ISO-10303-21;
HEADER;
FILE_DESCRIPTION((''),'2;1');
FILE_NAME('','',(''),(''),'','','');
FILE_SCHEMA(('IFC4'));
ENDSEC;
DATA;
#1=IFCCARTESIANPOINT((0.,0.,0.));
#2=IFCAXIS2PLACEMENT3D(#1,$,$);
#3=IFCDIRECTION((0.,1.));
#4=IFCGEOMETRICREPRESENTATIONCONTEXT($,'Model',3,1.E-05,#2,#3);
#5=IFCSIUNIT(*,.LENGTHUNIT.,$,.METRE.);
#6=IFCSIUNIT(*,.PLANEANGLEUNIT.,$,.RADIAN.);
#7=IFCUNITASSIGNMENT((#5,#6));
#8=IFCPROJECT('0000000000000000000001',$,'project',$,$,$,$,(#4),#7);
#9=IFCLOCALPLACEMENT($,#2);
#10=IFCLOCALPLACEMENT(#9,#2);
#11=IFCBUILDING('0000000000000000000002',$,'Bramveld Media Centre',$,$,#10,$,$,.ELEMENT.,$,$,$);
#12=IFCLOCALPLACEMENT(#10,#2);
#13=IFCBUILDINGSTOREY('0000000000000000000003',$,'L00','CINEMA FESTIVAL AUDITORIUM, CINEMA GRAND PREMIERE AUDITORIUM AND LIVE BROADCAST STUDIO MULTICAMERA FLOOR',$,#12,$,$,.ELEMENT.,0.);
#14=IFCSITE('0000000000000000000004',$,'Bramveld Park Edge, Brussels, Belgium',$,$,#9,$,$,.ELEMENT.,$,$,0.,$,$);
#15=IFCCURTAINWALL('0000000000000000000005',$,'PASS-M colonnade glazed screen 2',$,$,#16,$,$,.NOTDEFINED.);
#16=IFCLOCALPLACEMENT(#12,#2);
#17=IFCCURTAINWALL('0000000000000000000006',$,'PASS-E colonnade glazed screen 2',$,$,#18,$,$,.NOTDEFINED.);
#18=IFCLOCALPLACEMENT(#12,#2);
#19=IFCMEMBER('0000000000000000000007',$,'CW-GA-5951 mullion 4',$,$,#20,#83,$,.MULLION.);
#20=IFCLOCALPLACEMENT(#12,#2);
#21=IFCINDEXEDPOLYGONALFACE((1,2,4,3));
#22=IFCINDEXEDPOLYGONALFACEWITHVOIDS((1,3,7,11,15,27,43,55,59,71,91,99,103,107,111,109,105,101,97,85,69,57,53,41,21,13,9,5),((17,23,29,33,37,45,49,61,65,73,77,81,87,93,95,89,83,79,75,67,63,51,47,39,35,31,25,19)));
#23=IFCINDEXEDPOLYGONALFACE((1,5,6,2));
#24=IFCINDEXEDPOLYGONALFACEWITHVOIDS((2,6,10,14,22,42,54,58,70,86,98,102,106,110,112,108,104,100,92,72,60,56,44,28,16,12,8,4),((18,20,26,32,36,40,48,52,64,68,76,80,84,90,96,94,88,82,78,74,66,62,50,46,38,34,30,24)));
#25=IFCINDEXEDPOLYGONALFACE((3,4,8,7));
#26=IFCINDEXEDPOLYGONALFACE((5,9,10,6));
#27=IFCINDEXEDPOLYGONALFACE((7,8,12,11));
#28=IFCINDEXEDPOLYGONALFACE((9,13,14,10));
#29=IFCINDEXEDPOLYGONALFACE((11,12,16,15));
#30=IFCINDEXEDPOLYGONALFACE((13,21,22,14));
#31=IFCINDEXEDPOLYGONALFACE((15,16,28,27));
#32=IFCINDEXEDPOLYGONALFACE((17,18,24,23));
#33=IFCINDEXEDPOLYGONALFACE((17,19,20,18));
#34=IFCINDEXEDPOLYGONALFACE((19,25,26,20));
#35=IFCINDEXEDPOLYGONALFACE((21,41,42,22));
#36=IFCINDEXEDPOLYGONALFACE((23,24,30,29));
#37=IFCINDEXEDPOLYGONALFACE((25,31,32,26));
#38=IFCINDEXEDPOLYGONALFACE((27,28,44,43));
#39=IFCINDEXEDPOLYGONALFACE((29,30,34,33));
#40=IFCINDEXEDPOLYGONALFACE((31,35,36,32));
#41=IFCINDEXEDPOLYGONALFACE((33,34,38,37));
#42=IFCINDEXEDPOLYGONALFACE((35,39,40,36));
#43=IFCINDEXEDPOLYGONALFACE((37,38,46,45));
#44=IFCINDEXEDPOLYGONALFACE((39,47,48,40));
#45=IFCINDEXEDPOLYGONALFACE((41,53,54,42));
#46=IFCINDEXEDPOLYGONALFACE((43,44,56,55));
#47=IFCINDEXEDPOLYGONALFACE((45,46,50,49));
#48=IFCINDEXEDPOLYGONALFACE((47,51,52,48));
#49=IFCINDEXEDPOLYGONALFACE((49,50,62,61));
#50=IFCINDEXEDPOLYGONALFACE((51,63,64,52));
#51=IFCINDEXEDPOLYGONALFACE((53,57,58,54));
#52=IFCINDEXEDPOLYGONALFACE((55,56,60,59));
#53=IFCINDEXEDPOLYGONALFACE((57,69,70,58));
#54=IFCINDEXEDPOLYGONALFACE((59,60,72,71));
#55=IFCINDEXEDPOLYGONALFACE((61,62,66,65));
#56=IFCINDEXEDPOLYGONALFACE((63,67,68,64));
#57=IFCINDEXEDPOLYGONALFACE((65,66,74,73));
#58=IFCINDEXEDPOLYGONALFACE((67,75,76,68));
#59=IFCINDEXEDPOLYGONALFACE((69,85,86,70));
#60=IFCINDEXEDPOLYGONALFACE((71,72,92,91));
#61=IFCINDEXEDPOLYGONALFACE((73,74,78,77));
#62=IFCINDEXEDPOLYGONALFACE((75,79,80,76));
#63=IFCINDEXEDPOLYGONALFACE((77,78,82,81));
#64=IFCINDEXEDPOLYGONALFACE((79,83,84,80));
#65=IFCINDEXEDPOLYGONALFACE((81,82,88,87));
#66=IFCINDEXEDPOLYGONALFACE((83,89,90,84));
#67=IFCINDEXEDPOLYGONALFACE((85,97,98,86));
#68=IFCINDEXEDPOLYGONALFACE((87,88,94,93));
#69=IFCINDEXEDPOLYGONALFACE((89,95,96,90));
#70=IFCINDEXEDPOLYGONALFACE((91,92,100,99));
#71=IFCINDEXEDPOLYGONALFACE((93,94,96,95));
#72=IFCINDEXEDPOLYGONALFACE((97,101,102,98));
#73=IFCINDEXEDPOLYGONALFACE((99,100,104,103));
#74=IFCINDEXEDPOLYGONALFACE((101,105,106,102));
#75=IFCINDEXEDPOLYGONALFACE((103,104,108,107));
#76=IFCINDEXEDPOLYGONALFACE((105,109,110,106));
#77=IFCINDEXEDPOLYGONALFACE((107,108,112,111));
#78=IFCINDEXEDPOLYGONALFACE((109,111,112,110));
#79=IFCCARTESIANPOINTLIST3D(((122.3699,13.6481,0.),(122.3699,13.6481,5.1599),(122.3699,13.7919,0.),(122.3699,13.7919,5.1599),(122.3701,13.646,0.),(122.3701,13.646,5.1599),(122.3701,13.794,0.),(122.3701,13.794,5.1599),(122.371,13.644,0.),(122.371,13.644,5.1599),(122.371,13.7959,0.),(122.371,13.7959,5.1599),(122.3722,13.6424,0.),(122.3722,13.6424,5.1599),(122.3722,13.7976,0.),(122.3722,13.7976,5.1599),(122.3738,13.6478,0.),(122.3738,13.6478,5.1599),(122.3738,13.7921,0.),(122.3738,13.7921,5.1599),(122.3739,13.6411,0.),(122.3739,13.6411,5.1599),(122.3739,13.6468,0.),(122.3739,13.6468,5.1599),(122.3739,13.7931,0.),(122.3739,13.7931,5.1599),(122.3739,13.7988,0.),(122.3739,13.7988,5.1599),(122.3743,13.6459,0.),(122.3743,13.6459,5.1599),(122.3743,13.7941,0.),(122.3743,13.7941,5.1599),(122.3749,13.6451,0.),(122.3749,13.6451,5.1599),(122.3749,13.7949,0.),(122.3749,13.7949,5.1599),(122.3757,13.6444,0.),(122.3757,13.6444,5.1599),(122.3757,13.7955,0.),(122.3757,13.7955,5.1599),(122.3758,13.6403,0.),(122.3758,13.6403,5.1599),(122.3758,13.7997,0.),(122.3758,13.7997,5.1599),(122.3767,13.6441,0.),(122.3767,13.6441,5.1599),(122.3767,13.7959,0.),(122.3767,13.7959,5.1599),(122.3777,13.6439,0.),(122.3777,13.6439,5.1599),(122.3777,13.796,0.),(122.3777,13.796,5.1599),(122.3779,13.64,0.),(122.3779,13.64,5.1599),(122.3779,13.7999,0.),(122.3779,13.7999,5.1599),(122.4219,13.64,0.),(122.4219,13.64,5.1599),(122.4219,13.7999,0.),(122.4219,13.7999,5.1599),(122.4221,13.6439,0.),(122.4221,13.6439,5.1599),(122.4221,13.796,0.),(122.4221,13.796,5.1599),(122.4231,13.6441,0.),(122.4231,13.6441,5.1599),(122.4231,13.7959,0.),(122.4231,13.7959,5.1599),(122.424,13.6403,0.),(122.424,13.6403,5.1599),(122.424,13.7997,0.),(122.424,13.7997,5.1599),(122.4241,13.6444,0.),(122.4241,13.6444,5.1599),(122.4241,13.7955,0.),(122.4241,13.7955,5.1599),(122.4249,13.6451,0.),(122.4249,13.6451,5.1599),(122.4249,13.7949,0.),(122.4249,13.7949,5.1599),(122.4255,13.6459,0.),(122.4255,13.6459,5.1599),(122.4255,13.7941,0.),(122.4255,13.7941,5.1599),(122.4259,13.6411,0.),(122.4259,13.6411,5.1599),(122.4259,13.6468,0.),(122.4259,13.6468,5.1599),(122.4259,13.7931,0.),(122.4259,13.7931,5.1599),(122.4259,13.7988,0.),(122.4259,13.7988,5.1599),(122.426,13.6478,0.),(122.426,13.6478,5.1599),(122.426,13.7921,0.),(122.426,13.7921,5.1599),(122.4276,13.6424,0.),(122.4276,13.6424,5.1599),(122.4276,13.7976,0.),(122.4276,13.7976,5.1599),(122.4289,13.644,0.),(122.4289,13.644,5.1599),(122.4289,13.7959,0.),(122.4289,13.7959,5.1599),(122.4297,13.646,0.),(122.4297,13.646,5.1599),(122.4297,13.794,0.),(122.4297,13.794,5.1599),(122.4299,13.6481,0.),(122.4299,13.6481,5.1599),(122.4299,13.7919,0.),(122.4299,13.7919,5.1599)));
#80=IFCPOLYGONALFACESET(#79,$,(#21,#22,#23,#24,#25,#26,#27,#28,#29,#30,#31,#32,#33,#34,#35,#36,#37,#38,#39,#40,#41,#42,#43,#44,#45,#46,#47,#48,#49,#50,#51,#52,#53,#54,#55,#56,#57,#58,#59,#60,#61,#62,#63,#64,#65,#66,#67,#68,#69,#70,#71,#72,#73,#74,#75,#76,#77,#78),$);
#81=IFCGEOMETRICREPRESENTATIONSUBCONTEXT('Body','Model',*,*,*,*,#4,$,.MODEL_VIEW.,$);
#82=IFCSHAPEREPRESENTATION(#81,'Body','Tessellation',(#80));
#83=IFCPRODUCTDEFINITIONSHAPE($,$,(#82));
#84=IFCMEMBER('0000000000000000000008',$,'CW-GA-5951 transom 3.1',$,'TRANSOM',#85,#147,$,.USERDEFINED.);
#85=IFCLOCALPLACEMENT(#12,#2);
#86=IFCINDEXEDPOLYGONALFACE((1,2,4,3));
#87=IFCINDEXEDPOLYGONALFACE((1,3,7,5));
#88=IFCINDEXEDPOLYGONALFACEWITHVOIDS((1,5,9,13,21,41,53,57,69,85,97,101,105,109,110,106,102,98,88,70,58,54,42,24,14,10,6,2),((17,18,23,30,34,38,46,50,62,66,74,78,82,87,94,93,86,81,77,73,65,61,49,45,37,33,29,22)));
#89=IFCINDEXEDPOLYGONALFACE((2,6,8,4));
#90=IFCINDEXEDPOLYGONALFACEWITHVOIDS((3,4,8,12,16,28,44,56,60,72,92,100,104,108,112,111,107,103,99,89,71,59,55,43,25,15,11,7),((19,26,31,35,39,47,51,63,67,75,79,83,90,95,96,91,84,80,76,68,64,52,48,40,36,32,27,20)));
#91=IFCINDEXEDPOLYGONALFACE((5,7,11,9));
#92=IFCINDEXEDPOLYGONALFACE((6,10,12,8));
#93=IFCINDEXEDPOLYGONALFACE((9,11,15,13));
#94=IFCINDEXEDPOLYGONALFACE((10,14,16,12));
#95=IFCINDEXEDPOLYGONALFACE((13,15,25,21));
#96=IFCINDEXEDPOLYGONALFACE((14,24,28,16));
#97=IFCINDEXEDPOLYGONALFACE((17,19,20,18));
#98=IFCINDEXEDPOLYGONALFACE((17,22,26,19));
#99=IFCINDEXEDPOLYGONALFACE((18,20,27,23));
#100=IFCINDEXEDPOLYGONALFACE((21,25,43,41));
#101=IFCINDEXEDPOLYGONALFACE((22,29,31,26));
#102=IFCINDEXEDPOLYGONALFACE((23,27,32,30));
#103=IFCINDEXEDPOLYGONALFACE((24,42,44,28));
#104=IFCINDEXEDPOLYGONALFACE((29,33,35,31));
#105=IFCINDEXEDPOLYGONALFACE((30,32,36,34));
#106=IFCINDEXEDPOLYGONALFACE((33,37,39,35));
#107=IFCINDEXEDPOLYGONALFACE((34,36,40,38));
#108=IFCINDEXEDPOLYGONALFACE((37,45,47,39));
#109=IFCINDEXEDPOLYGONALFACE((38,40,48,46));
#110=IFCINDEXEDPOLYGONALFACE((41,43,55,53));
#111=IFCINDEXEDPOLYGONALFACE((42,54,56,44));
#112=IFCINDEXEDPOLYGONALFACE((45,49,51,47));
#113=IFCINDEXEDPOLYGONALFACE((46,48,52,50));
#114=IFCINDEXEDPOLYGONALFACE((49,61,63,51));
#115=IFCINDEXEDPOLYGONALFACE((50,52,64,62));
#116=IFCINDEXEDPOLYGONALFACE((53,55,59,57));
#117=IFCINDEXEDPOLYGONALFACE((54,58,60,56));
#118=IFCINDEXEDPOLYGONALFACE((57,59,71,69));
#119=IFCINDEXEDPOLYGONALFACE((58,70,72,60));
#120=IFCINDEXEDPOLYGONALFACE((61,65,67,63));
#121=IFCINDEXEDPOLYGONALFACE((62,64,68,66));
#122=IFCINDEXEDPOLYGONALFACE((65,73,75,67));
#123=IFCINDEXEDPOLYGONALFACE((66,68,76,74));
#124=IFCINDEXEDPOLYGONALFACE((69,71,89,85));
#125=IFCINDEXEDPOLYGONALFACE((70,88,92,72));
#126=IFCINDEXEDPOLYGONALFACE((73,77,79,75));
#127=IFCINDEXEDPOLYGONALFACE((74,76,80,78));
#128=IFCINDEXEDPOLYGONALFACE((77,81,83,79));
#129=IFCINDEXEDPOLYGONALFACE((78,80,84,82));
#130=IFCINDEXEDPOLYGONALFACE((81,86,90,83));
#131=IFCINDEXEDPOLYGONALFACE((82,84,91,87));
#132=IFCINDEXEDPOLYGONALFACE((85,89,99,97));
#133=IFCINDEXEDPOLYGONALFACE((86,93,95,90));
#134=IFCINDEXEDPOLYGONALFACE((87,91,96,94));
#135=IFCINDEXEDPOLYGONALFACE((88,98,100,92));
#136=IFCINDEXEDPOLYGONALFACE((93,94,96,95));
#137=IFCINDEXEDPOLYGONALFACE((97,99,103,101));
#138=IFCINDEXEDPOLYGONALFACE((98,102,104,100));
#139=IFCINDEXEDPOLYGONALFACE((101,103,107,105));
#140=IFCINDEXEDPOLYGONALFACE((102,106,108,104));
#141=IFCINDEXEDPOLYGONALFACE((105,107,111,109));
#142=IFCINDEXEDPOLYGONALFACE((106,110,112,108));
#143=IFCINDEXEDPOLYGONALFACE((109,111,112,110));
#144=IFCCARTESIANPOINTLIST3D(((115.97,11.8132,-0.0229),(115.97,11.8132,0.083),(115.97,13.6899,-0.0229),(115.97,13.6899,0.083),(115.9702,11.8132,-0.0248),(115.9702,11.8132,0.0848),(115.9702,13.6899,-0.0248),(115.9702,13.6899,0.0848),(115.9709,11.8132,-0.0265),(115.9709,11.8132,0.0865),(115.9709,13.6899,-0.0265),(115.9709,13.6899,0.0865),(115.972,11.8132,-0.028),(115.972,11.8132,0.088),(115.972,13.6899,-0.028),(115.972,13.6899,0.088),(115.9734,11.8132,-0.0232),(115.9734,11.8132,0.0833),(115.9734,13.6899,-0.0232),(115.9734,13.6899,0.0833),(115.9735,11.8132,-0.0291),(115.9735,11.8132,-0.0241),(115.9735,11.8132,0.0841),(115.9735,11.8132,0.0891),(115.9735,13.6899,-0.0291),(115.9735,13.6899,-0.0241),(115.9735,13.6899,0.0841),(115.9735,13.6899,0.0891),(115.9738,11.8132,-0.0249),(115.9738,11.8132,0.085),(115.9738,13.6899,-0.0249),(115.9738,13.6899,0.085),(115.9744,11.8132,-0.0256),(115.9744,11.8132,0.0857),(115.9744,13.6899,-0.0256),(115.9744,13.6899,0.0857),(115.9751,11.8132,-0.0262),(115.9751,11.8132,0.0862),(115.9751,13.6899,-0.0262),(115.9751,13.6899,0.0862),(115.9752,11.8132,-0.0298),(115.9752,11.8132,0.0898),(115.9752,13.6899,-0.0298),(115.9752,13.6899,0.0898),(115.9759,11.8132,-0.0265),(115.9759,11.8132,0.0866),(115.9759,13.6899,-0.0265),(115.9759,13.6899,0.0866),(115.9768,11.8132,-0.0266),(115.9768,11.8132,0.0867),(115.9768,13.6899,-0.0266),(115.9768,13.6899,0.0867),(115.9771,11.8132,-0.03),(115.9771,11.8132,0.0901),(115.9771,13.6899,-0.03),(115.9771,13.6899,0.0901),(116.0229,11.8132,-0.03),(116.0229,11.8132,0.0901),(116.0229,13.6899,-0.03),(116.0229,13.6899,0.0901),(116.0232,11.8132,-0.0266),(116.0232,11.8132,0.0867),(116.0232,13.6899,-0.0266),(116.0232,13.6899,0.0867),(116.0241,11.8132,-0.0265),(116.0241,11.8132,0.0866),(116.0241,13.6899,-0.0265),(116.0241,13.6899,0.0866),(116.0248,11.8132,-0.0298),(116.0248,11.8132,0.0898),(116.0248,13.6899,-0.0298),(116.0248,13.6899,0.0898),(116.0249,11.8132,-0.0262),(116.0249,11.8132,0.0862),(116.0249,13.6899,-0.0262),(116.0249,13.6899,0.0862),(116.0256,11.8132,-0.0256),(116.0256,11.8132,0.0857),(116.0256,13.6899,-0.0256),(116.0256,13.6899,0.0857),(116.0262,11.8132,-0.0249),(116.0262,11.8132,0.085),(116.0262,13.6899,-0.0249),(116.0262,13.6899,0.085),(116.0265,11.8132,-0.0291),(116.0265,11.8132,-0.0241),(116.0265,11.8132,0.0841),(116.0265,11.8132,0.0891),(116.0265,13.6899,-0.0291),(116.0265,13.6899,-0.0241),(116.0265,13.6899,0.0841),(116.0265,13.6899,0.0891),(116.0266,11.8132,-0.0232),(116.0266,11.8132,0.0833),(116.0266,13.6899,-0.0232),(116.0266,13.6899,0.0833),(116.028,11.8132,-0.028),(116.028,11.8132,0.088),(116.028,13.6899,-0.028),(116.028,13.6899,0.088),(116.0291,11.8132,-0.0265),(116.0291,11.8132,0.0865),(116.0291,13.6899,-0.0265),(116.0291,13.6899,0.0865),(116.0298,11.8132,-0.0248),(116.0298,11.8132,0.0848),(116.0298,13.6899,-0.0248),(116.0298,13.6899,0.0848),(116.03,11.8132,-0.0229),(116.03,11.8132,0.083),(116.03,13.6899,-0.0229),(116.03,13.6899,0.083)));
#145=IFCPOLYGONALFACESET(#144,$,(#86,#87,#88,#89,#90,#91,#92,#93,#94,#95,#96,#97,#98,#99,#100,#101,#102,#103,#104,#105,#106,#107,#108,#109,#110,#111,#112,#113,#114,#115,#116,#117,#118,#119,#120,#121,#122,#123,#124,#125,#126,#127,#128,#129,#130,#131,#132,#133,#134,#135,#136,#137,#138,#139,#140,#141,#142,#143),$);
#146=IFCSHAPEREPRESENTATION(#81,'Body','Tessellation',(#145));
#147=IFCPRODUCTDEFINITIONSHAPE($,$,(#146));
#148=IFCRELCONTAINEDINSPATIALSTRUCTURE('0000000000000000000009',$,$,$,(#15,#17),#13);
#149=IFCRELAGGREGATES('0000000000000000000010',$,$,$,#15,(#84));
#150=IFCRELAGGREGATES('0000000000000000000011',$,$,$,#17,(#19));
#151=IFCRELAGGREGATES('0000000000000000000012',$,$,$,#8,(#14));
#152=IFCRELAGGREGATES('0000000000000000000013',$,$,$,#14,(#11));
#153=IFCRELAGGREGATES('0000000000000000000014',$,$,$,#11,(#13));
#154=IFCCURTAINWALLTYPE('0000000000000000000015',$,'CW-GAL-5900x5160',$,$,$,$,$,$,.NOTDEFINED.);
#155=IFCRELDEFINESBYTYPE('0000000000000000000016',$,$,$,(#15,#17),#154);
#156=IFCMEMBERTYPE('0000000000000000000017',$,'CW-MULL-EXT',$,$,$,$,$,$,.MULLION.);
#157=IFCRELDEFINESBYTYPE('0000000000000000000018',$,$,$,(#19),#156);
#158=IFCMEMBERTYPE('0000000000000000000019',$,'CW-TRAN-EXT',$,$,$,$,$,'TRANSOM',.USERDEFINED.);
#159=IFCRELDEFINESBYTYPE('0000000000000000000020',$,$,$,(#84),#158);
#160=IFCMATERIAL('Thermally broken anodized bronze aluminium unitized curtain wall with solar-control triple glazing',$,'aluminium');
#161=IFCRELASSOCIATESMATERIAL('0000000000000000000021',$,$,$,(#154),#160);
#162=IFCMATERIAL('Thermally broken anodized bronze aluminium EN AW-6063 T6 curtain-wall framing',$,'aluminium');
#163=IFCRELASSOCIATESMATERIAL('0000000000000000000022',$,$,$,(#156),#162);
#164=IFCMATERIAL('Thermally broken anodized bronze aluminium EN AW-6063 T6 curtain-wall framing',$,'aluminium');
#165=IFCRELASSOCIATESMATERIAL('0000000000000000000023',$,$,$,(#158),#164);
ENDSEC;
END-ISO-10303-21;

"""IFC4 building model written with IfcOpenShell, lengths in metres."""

from ifc_helpers import new_model, si_unit, direction, frame, origin, origin_2d, place, context, subcontext, project, spatial, hollow_rectangle, extrude, material, material_profile, profile_set, type_object, element, aggregate, save


model = new_model("IFC4")

# Units and contexts
model_context = context("Model", 3, precision=1e-05, world=origin(), true_north=direction((0.0, 1.0)))
body_context = subcontext(model_context, "Body", "Model", "MODEL_VIEW")
ifc_project = project(units=[si_unit("LENGTHUNIT", "METRE"), si_unit("PLANEANGLEUNIT", "RADIAN")], contexts=[model_context])

# Site, building, storey
site_placement = place(None, origin())
site = spatial("IfcSite", under=ifc_project, at=site_placement, Name="Bramveld Park Edge, Brussels, Belgium", CompositionType="ELEMENT", RefElevation=0.0)
building_placement = place(site_placement, origin())
building = spatial("IfcBuilding", under=site, at=building_placement, Name="Bramveld Media Centre", CompositionType="ELEMENT")
storey_placement = place(building_placement, origin())
storey = spatial("IfcBuildingStorey", under=building, at=storey_placement, Name="L00", Description="CINEMA FESTIVAL AUDITORIUM, CINEMA GRAND PREMIERE AUDITORIUM AND LIVE BROADCAST STUDIO MULTICAMERA FLOOR", CompositionType="ELEMENT", Elevation=0.0)

# Curtain walls, member
ifc_material_1 = material(Name="Thermally broken anodized bronze aluminium unitized curtain wall with solar-control triple glazing", Category="aluminium")
curtain_wall_type = type_object("IfcCurtainWallType", Name="CW-GAL-5900x5160", PredefinedType="NOTDEFINED", material=ifc_material_1)
curtain_wall_1_placement = place(storey_placement, origin())
curtain_wall_1 = element("IfcCurtainWall", 1, at=curtain_wall_1_placement, inside=storey, type_object=curtain_wall_type, Name="PASS-M colonnade glazed screen 2", PredefinedType="NOTDEFINED")
ifc_material_2 = material(Name="Thermally broken anodized bronze aluminium EN AW-6063 T6 curtain-wall framing", Category="aluminium")
ifc_material_profile_1 = material_profile(ifc_material_2, hollow_rectangle(XDim=0.0601, YDim=0.1599, WallThickness=0.0039, InnerFilletRadius=0.0039, OuterFilletRadius=0.0081, at=origin_2d()), Name="AL-MULL 60x160")
ifc_profile_set_1 = profile_set([ifc_material_profile_1], Name="Thermally broken anodized bronze aluminium EN AW-6063 T6 curtain-wall framing")
member_type_1 = type_object("IfcMemberType", Name="CW-MULL-EXT", PredefinedType="MULLION", material=ifc_profile_set_1)
curtain_wall_2_placement = place(storey_placement, origin())
curtain_wall_2 = element("IfcCurtainWall", 2, at=curtain_wall_2_placement, inside=storey, type_object=curtain_wall_type, Name="PASS-E colonnade glazed screen 2", PredefinedType="NOTDEFINED")
member_1_placement = place(storey_placement, frame((122.3999, 13.72, 0.0), z_axis=(0.0, 0.0, 1.0), x_axis=(-1.0, 0.0, 0.0)))
member_1 = element("IfcMember", 3, at=member_1_placement, type_object=member_type_1, Name="CW-GA-5951 mullion 4", PredefinedType="MULLION", context=body_context, shape_type="SweptSolid", body=[
    extrude(hollow_rectangle(XDim=0.0601, YDim=0.1599, WallThickness=0.0039, InnerFilletRadius=0.0039, OuterFilletRadius=0.0081, at=origin_2d()), origin(), (0.0, 0.0, 1.0), 5.1599),
])

# Member
ifc_material_3 = material(Name="Thermally broken anodized bronze aluminium EN AW-6063 T6 curtain-wall framing", Category="aluminium")
ifc_material_profile_2 = material_profile(ifc_material_3, hollow_rectangle(XDim=0.0601, YDim=0.1201, WallThickness=0.0034, InnerFilletRadius=0.0034, OuterFilletRadius=0.0071, at=origin_2d()), Name="AL-TRAN 60x120")
ifc_profile_set_2 = profile_set([ifc_material_profile_2], Name="Thermally broken anodized bronze aluminium EN AW-6063 T6 curtain-wall framing")
member_type_2 = type_object("IfcMemberType", Name="CW-TRAN-EXT", ElementType="TRANSOM", PredefinedType="USERDEFINED", material=ifc_profile_set_2)
member_2_placement = place(storey_placement, frame((116.0, 11.8132, 0.03), z_axis=(0.0, 1.0, 0.0), x_axis=(-1.0, 0.0, 0.0)))
member_2 = element("IfcMember", 4, at=member_2_placement, type_object=member_type_2, Name="CW-GA-5951 transom 3.1", ObjectType="TRANSOM", PredefinedType="USERDEFINED", context=body_context, shape_type="SweptSolid", body=[
    extrude(hollow_rectangle(XDim=0.0601, YDim=0.1201, WallThickness=0.0034, InnerFilletRadius=0.0034, OuterFilletRadius=0.0071, at=origin_2d()), origin(), (0.0, 0.0, 1.0), 1.8767),
])

aggregate(curtain_wall_1, [member_2])
aggregate(curtain_wall_2, [member_1])

save(model, "model.ifc")
